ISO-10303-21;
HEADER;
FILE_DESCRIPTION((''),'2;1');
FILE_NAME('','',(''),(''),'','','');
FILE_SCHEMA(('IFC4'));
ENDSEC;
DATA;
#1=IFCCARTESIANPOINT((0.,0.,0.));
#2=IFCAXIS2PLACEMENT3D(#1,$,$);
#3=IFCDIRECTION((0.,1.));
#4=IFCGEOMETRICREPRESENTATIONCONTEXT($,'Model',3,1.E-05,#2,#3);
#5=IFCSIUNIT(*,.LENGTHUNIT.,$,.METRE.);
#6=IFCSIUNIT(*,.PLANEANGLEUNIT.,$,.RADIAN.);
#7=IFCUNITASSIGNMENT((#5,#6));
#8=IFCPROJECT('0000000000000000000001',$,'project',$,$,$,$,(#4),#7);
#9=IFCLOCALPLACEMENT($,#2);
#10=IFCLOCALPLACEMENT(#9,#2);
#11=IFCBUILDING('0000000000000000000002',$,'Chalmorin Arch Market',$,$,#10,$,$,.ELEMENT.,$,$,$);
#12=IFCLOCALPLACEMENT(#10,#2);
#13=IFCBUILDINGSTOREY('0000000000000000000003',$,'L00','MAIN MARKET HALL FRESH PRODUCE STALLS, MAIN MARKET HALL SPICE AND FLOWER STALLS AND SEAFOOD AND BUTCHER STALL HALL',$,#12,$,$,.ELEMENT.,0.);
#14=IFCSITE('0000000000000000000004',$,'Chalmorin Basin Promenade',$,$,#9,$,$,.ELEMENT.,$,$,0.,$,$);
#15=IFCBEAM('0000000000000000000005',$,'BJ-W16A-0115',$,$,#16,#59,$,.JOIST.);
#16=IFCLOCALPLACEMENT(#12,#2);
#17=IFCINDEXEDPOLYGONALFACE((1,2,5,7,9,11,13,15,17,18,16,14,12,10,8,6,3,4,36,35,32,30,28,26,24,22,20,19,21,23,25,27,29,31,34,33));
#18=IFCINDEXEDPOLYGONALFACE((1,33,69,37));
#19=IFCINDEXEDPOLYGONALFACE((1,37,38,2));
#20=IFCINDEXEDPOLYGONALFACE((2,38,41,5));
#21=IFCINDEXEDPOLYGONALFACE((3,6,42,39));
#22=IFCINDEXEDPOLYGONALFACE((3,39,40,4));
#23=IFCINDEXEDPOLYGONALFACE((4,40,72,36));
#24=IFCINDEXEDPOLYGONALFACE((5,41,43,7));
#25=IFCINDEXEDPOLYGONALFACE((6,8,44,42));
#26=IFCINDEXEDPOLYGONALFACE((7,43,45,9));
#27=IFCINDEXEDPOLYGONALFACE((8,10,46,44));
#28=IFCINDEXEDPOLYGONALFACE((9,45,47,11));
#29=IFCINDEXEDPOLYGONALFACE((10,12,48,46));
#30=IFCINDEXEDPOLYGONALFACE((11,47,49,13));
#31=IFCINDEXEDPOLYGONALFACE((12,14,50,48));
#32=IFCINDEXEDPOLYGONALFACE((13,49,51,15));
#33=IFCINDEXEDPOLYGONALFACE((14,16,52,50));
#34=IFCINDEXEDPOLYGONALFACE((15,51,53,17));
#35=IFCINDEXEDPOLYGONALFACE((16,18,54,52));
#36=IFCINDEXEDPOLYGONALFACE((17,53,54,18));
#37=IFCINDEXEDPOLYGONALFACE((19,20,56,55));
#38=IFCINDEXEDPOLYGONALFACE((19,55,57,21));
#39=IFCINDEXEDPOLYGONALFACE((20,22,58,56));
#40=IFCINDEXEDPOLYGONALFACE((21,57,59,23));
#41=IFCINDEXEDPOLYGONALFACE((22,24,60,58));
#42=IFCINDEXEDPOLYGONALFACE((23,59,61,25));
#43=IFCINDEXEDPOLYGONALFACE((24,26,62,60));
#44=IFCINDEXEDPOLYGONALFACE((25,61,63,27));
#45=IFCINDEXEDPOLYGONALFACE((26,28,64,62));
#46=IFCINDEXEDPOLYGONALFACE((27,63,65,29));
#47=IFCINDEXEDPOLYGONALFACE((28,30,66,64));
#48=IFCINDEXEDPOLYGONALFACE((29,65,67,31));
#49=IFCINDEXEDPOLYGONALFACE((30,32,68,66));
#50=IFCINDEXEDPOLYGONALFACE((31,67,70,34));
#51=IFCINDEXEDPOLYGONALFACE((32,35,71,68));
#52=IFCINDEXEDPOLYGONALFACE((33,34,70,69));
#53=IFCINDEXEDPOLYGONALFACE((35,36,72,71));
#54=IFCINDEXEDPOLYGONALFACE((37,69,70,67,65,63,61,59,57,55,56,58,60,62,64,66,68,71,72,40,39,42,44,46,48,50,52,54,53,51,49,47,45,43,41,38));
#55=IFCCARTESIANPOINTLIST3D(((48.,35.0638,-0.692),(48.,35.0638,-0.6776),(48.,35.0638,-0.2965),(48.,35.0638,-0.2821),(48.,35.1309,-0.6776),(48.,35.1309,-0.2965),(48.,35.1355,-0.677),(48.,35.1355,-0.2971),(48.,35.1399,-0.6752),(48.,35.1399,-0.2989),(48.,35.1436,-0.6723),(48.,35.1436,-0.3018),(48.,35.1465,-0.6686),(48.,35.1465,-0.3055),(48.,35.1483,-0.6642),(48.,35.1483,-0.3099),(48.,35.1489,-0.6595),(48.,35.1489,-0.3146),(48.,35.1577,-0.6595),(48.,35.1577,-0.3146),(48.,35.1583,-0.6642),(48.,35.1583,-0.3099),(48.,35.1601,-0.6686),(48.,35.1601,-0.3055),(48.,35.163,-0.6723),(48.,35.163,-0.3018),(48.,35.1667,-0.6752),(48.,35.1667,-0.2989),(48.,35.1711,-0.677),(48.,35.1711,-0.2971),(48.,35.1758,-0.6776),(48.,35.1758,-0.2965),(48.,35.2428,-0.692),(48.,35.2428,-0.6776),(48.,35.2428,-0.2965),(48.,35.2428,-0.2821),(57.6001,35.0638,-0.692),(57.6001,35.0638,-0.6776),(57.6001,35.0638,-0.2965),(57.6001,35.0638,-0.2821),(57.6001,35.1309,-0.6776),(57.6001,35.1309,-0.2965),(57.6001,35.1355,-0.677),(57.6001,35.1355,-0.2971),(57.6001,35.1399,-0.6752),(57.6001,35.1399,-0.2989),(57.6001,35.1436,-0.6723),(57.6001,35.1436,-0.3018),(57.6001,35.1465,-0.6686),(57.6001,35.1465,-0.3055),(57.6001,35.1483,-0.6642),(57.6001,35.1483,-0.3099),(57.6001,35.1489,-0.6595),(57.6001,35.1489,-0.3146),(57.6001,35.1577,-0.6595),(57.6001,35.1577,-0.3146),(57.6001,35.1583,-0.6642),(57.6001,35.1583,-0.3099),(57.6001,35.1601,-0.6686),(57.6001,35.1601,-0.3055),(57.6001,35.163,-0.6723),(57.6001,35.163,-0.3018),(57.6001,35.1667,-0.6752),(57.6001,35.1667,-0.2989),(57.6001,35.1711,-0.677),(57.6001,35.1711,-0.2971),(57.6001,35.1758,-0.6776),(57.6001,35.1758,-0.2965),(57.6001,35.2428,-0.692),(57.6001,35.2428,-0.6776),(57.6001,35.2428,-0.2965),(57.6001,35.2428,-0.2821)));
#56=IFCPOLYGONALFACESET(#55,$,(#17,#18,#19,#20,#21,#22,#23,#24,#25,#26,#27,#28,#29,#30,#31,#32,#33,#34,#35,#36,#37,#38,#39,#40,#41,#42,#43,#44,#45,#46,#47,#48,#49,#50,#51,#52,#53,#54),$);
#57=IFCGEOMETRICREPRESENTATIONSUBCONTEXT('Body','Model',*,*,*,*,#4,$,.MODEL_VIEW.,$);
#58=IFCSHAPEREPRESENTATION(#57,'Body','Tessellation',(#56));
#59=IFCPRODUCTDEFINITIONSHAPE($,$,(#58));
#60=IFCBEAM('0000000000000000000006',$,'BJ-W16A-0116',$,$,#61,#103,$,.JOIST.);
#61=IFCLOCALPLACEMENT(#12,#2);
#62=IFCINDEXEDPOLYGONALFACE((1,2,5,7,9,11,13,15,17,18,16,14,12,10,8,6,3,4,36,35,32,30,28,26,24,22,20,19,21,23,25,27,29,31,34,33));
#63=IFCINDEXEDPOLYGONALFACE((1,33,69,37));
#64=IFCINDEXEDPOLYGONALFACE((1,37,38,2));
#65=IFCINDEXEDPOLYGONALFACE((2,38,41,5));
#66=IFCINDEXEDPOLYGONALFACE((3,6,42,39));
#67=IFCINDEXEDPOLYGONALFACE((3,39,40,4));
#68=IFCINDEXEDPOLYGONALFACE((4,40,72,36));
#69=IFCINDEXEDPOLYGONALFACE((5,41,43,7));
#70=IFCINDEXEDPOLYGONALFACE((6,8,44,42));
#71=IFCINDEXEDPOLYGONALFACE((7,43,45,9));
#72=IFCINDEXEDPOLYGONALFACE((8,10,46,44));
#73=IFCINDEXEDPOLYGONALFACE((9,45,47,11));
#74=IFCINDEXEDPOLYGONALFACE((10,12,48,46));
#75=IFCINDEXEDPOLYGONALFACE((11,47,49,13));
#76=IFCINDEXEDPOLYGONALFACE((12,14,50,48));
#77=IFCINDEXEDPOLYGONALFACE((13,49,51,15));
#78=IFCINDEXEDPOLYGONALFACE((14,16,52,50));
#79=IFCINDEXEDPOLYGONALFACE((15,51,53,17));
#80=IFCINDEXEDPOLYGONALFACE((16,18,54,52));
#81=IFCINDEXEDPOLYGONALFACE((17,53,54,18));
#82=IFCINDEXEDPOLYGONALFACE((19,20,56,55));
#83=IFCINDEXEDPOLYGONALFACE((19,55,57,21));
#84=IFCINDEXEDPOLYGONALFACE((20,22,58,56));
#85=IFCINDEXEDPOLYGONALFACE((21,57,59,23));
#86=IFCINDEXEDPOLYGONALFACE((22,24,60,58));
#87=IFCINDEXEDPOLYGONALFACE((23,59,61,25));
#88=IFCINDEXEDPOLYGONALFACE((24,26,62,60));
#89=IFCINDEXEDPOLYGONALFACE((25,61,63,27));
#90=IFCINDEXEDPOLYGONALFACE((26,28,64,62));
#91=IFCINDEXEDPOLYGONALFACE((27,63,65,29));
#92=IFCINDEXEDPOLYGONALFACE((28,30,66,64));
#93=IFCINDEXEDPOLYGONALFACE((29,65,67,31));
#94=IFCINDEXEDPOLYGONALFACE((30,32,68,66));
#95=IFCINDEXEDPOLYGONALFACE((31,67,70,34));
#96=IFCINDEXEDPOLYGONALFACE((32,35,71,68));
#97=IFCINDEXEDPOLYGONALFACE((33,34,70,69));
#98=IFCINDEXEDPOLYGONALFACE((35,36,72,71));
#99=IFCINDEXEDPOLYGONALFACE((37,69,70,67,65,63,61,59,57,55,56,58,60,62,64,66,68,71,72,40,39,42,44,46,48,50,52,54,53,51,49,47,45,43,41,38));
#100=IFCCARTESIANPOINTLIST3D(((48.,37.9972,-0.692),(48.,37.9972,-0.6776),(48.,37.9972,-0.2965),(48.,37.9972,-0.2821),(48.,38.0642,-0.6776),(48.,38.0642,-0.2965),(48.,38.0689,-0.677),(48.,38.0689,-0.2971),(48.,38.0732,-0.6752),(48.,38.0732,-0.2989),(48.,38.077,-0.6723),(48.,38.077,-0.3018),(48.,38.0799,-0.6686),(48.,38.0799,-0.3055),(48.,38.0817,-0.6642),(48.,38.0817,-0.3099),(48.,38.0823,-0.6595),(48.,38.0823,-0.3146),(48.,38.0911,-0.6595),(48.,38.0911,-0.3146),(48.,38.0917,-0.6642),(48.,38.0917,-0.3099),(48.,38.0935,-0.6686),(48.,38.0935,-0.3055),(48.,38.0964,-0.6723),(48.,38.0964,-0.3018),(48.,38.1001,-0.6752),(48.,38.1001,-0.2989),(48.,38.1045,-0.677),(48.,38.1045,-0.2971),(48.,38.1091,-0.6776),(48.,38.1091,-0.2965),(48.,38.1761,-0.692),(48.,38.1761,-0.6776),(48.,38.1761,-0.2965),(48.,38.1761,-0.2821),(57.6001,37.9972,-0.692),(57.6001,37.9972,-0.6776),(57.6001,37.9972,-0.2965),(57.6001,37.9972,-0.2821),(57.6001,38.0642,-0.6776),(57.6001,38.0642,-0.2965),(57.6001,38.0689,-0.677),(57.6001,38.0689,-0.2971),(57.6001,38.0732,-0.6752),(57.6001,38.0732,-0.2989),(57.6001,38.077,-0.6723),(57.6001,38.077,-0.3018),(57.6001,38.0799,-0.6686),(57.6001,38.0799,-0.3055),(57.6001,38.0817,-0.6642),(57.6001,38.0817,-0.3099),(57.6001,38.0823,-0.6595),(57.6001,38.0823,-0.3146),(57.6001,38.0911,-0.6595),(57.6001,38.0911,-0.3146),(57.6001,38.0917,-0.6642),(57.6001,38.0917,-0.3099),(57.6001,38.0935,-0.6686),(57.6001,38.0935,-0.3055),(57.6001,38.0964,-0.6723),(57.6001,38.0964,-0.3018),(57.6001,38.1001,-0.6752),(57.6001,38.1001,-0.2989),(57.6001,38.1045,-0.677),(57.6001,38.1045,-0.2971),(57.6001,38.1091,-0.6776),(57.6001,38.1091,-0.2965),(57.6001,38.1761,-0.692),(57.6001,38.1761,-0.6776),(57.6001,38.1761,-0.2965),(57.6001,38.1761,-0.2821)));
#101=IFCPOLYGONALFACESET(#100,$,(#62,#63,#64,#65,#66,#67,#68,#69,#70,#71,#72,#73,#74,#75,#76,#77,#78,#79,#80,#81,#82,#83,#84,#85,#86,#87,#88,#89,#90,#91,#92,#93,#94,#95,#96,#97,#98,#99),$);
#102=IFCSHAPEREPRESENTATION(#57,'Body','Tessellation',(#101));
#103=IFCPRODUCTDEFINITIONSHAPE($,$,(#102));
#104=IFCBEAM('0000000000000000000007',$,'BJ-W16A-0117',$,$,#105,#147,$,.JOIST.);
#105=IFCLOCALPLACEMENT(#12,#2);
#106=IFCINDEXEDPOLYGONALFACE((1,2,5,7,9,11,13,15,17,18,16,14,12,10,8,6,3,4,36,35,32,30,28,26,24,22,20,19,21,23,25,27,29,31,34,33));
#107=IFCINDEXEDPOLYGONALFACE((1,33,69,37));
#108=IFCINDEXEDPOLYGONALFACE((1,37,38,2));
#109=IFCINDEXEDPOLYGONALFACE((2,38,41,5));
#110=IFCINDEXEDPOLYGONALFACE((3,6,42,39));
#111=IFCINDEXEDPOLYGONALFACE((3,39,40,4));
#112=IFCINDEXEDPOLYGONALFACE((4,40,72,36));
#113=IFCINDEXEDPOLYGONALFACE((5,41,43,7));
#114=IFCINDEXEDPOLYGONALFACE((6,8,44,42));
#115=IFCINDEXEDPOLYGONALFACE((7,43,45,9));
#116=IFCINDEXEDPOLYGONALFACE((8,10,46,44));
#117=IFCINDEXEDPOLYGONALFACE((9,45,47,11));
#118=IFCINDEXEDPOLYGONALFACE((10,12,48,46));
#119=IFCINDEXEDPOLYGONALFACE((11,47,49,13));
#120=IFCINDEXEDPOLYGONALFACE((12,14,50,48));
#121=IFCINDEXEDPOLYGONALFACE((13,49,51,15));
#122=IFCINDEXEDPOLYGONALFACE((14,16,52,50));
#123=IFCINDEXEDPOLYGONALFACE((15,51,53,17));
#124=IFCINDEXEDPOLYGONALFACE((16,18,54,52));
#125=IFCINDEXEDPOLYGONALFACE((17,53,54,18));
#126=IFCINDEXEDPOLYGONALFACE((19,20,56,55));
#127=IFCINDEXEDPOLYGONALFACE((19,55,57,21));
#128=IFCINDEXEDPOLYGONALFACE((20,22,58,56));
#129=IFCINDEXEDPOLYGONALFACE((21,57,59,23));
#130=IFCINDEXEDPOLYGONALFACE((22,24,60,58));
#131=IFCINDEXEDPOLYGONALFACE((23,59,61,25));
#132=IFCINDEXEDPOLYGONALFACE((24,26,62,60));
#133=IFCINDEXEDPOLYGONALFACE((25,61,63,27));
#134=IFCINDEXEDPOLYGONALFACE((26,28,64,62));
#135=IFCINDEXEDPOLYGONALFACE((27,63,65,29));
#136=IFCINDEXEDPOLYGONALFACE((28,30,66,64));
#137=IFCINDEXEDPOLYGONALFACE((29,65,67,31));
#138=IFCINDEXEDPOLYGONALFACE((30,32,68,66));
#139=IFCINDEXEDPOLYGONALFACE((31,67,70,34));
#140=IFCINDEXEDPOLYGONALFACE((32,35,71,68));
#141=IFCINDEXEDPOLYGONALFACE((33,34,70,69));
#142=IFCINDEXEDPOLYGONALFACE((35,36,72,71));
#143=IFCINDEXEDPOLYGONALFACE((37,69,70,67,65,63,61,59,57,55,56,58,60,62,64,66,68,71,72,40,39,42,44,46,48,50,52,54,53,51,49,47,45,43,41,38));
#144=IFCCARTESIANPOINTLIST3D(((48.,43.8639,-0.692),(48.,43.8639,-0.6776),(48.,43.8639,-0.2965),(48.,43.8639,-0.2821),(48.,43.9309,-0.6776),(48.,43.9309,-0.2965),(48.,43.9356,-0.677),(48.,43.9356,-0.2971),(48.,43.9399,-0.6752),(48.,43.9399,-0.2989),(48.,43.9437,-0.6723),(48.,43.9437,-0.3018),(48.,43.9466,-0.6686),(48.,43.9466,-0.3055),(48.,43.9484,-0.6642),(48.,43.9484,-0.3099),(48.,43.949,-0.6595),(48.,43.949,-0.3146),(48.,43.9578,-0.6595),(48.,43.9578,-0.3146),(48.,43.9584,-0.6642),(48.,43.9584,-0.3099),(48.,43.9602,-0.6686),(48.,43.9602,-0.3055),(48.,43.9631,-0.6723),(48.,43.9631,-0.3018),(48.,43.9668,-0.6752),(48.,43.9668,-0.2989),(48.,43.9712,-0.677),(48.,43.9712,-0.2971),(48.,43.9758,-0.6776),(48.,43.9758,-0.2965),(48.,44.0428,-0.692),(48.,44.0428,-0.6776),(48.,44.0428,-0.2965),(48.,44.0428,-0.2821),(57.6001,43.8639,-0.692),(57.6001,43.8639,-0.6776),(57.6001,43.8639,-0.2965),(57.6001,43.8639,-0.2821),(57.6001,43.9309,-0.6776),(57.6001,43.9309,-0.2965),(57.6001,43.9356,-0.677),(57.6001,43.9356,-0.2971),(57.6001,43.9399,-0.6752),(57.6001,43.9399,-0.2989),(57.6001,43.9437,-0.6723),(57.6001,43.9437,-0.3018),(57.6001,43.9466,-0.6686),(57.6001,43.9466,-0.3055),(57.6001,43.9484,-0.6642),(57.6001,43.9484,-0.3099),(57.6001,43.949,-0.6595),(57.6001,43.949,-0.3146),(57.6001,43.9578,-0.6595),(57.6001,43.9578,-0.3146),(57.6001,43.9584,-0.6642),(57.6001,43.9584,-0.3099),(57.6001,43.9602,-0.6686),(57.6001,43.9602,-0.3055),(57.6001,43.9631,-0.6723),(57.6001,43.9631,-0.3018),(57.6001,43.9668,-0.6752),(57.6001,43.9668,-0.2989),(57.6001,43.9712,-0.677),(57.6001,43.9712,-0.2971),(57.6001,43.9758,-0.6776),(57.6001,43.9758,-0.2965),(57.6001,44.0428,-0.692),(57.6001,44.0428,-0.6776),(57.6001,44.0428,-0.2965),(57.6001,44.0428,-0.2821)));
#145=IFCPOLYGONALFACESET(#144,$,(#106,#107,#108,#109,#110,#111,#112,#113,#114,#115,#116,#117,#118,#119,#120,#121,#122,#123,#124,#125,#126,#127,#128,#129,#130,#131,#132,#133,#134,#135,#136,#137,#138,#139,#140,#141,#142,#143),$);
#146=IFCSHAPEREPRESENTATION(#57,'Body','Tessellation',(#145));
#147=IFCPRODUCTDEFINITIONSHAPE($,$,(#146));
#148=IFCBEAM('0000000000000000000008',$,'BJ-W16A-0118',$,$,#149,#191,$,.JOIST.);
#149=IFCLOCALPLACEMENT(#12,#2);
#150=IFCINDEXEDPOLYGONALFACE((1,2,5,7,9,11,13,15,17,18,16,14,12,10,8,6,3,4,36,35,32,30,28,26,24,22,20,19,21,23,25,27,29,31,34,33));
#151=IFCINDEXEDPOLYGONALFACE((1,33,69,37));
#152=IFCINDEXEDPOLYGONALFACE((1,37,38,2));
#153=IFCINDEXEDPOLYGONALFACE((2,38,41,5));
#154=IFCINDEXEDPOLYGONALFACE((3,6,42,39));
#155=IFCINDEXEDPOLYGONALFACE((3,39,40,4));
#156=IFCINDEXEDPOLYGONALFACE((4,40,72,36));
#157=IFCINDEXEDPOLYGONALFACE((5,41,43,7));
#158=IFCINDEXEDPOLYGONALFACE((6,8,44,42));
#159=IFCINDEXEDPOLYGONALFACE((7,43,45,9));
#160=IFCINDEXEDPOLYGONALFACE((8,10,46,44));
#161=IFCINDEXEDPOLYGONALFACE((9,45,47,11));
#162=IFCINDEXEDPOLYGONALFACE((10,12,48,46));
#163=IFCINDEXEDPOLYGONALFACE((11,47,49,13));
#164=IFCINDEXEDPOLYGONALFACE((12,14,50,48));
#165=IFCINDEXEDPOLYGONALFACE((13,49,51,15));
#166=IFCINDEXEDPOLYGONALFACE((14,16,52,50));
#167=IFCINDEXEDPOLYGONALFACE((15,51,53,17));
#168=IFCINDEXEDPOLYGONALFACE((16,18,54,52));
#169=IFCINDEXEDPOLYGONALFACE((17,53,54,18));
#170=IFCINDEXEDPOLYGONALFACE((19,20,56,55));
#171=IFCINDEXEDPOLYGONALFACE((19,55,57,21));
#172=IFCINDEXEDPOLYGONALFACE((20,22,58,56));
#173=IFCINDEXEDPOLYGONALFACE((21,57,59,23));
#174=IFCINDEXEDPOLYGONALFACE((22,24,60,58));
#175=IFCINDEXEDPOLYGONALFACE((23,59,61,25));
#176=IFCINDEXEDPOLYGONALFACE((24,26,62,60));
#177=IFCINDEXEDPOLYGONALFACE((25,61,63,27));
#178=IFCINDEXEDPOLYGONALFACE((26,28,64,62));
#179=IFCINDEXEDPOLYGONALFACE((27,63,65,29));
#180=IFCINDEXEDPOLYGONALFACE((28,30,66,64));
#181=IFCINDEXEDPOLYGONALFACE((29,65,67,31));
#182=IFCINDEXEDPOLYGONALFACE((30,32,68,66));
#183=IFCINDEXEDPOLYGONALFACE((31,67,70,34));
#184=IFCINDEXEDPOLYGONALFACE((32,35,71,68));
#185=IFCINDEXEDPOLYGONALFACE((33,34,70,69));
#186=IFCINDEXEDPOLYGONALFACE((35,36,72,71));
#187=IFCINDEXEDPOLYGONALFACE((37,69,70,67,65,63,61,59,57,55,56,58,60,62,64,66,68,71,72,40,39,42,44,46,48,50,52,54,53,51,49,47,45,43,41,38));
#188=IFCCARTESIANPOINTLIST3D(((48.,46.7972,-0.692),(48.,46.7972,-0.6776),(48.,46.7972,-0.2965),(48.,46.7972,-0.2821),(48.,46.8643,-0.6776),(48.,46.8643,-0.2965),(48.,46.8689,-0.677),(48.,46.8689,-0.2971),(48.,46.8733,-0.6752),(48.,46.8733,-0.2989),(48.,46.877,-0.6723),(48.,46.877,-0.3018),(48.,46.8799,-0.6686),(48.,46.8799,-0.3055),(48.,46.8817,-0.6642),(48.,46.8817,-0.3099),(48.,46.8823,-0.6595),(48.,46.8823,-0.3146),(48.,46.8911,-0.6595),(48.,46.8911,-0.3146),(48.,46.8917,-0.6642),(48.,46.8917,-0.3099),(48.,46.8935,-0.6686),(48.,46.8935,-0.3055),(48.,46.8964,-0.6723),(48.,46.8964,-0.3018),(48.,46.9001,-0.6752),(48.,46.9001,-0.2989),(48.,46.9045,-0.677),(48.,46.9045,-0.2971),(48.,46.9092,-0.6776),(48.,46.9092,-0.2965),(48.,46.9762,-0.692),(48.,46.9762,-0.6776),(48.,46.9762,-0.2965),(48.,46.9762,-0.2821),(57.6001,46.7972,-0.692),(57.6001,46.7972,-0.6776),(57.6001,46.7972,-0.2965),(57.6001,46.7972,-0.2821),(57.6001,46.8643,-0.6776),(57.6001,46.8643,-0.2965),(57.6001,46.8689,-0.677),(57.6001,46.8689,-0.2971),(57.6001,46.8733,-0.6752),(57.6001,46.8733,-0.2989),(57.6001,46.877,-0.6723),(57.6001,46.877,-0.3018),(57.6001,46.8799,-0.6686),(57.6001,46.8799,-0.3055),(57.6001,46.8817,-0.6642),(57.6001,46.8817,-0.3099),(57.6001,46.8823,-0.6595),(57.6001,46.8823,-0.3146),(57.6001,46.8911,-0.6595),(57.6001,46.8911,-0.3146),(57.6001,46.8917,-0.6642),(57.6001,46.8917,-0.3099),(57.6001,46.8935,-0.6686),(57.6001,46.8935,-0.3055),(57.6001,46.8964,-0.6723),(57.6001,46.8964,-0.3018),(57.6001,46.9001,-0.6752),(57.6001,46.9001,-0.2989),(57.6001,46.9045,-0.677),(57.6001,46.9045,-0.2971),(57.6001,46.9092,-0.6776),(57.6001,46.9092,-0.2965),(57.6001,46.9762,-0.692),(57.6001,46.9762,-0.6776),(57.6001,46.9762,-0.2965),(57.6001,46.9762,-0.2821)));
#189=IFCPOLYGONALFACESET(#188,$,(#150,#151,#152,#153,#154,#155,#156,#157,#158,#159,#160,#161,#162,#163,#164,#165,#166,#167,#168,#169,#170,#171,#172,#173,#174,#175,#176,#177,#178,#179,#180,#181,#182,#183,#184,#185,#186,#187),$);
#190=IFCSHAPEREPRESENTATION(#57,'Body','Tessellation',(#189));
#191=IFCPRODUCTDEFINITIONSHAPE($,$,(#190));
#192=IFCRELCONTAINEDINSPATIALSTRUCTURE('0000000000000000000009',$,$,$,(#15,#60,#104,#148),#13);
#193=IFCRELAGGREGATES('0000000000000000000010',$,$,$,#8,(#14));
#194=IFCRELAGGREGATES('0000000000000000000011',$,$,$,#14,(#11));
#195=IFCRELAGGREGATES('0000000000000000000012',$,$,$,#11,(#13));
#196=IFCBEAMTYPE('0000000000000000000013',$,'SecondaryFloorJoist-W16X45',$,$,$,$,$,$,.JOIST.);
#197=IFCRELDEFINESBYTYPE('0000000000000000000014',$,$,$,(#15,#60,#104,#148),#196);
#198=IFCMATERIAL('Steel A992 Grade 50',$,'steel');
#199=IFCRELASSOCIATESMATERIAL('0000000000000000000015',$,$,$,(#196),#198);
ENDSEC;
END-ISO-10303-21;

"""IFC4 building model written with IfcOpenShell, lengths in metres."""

from ifc_helpers import new_model, si_unit, direction, frame, origin, origin_2d, place, context, subcontext, project, spatial, i_section, extrude, material, material_profile, profile_set, type_object, element, save


model = new_model("IFC4")

# Units and contexts
model_context = context("Model", 3, precision=1e-05, world=origin(), true_north=direction((0.0, 1.0)))
body_context = subcontext(model_context, "Body", "Model", "MODEL_VIEW")
ifc_project = project(units=[si_unit("LENGTHUNIT", "METRE"), si_unit("PLANEANGLEUNIT", "RADIAN")], contexts=[model_context])

# Site, building, storey
site_placement = place(None, origin())
site = spatial("IfcSite", under=ifc_project, at=site_placement, Name="Chalmorin Basin Promenade", CompositionType="ELEMENT", RefElevation=0.0)
building_placement = place(site_placement, origin())
building = spatial("IfcBuilding", under=site, at=building_placement, Name="Chalmorin Arch Market", CompositionType="ELEMENT")
storey_placement = place(building_placement, origin())
storey = spatial("IfcBuildingStorey", under=building, at=storey_placement, Name="L00", Description="MAIN MARKET HALL FRESH PRODUCE STALLS, MAIN MARKET HALL SPICE AND FLOWER STALLS AND SEAFOOD AND BUTCHER STALL HALL", CompositionType="ELEMENT", Elevation=0.0)

# Shared definitions
ifc_material_1 = material(Name="Steel A992 Grade 50", Category="steel")

# Beams
ifc_material_profile_1 = material_profile(ifc_material_1, i_section(OverallWidth=0.179, OverallDepth=0.4099, WebThickness=0.0088, FlangeThickness=0.0144, FilletRadius=0.0181, at=origin_2d()), Name="W16X45")
ifc_profile_set_1 = profile_set([ifc_material_profile_1], Name="Steel A992 Grade 50")
beam_type_1 = type_object("IfcBeamType", Name="SecondaryFloorJoist-W16X45", PredefinedType="JOIST", material=ifc_profile_set_1)
for number, where, z_axis, x_axis, name in (
    (1, (48.0, 35.1533, -0.4871), (1.0, 0.0, 0.0), (0.0, 1.0, 0.0), "BJ-W16A-0115"),
    (2, (48.0, 38.0867, -0.4871), (1.0, 0.0, 0.0), (0.0, 1.0, 0.0), "BJ-W16A-0116"),
    (3, (48.0, 43.9534, -0.4871), (1.0, 0.0, 0.0), (0.0, 1.0, 0.0), "BJ-W16A-0117"),
    (4, (48.0, 46.8867, -0.4871), (1.0, 0.0, 0.0), (0.0, 1.0, 0.0), "BJ-W16A-0118"),
):
    element("IfcBeam", number, at=place(storey_placement, frame(where, z_axis=z_axis, x_axis=x_axis)), inside=storey, type_object=beam_type_1, Name=name, PredefinedType="JOIST", context=body_context, shape_type="SweptSolid", body=[
        extrude(i_section(OverallWidth=0.179, OverallDepth=0.4099, WebThickness=0.0088, FlangeThickness=0.0144, FilletRadius=0.0181, at=origin_2d()), origin(), (0.0, 0.0, 1.0), 9.6001),
    ])

save(model, "model.ifc")
